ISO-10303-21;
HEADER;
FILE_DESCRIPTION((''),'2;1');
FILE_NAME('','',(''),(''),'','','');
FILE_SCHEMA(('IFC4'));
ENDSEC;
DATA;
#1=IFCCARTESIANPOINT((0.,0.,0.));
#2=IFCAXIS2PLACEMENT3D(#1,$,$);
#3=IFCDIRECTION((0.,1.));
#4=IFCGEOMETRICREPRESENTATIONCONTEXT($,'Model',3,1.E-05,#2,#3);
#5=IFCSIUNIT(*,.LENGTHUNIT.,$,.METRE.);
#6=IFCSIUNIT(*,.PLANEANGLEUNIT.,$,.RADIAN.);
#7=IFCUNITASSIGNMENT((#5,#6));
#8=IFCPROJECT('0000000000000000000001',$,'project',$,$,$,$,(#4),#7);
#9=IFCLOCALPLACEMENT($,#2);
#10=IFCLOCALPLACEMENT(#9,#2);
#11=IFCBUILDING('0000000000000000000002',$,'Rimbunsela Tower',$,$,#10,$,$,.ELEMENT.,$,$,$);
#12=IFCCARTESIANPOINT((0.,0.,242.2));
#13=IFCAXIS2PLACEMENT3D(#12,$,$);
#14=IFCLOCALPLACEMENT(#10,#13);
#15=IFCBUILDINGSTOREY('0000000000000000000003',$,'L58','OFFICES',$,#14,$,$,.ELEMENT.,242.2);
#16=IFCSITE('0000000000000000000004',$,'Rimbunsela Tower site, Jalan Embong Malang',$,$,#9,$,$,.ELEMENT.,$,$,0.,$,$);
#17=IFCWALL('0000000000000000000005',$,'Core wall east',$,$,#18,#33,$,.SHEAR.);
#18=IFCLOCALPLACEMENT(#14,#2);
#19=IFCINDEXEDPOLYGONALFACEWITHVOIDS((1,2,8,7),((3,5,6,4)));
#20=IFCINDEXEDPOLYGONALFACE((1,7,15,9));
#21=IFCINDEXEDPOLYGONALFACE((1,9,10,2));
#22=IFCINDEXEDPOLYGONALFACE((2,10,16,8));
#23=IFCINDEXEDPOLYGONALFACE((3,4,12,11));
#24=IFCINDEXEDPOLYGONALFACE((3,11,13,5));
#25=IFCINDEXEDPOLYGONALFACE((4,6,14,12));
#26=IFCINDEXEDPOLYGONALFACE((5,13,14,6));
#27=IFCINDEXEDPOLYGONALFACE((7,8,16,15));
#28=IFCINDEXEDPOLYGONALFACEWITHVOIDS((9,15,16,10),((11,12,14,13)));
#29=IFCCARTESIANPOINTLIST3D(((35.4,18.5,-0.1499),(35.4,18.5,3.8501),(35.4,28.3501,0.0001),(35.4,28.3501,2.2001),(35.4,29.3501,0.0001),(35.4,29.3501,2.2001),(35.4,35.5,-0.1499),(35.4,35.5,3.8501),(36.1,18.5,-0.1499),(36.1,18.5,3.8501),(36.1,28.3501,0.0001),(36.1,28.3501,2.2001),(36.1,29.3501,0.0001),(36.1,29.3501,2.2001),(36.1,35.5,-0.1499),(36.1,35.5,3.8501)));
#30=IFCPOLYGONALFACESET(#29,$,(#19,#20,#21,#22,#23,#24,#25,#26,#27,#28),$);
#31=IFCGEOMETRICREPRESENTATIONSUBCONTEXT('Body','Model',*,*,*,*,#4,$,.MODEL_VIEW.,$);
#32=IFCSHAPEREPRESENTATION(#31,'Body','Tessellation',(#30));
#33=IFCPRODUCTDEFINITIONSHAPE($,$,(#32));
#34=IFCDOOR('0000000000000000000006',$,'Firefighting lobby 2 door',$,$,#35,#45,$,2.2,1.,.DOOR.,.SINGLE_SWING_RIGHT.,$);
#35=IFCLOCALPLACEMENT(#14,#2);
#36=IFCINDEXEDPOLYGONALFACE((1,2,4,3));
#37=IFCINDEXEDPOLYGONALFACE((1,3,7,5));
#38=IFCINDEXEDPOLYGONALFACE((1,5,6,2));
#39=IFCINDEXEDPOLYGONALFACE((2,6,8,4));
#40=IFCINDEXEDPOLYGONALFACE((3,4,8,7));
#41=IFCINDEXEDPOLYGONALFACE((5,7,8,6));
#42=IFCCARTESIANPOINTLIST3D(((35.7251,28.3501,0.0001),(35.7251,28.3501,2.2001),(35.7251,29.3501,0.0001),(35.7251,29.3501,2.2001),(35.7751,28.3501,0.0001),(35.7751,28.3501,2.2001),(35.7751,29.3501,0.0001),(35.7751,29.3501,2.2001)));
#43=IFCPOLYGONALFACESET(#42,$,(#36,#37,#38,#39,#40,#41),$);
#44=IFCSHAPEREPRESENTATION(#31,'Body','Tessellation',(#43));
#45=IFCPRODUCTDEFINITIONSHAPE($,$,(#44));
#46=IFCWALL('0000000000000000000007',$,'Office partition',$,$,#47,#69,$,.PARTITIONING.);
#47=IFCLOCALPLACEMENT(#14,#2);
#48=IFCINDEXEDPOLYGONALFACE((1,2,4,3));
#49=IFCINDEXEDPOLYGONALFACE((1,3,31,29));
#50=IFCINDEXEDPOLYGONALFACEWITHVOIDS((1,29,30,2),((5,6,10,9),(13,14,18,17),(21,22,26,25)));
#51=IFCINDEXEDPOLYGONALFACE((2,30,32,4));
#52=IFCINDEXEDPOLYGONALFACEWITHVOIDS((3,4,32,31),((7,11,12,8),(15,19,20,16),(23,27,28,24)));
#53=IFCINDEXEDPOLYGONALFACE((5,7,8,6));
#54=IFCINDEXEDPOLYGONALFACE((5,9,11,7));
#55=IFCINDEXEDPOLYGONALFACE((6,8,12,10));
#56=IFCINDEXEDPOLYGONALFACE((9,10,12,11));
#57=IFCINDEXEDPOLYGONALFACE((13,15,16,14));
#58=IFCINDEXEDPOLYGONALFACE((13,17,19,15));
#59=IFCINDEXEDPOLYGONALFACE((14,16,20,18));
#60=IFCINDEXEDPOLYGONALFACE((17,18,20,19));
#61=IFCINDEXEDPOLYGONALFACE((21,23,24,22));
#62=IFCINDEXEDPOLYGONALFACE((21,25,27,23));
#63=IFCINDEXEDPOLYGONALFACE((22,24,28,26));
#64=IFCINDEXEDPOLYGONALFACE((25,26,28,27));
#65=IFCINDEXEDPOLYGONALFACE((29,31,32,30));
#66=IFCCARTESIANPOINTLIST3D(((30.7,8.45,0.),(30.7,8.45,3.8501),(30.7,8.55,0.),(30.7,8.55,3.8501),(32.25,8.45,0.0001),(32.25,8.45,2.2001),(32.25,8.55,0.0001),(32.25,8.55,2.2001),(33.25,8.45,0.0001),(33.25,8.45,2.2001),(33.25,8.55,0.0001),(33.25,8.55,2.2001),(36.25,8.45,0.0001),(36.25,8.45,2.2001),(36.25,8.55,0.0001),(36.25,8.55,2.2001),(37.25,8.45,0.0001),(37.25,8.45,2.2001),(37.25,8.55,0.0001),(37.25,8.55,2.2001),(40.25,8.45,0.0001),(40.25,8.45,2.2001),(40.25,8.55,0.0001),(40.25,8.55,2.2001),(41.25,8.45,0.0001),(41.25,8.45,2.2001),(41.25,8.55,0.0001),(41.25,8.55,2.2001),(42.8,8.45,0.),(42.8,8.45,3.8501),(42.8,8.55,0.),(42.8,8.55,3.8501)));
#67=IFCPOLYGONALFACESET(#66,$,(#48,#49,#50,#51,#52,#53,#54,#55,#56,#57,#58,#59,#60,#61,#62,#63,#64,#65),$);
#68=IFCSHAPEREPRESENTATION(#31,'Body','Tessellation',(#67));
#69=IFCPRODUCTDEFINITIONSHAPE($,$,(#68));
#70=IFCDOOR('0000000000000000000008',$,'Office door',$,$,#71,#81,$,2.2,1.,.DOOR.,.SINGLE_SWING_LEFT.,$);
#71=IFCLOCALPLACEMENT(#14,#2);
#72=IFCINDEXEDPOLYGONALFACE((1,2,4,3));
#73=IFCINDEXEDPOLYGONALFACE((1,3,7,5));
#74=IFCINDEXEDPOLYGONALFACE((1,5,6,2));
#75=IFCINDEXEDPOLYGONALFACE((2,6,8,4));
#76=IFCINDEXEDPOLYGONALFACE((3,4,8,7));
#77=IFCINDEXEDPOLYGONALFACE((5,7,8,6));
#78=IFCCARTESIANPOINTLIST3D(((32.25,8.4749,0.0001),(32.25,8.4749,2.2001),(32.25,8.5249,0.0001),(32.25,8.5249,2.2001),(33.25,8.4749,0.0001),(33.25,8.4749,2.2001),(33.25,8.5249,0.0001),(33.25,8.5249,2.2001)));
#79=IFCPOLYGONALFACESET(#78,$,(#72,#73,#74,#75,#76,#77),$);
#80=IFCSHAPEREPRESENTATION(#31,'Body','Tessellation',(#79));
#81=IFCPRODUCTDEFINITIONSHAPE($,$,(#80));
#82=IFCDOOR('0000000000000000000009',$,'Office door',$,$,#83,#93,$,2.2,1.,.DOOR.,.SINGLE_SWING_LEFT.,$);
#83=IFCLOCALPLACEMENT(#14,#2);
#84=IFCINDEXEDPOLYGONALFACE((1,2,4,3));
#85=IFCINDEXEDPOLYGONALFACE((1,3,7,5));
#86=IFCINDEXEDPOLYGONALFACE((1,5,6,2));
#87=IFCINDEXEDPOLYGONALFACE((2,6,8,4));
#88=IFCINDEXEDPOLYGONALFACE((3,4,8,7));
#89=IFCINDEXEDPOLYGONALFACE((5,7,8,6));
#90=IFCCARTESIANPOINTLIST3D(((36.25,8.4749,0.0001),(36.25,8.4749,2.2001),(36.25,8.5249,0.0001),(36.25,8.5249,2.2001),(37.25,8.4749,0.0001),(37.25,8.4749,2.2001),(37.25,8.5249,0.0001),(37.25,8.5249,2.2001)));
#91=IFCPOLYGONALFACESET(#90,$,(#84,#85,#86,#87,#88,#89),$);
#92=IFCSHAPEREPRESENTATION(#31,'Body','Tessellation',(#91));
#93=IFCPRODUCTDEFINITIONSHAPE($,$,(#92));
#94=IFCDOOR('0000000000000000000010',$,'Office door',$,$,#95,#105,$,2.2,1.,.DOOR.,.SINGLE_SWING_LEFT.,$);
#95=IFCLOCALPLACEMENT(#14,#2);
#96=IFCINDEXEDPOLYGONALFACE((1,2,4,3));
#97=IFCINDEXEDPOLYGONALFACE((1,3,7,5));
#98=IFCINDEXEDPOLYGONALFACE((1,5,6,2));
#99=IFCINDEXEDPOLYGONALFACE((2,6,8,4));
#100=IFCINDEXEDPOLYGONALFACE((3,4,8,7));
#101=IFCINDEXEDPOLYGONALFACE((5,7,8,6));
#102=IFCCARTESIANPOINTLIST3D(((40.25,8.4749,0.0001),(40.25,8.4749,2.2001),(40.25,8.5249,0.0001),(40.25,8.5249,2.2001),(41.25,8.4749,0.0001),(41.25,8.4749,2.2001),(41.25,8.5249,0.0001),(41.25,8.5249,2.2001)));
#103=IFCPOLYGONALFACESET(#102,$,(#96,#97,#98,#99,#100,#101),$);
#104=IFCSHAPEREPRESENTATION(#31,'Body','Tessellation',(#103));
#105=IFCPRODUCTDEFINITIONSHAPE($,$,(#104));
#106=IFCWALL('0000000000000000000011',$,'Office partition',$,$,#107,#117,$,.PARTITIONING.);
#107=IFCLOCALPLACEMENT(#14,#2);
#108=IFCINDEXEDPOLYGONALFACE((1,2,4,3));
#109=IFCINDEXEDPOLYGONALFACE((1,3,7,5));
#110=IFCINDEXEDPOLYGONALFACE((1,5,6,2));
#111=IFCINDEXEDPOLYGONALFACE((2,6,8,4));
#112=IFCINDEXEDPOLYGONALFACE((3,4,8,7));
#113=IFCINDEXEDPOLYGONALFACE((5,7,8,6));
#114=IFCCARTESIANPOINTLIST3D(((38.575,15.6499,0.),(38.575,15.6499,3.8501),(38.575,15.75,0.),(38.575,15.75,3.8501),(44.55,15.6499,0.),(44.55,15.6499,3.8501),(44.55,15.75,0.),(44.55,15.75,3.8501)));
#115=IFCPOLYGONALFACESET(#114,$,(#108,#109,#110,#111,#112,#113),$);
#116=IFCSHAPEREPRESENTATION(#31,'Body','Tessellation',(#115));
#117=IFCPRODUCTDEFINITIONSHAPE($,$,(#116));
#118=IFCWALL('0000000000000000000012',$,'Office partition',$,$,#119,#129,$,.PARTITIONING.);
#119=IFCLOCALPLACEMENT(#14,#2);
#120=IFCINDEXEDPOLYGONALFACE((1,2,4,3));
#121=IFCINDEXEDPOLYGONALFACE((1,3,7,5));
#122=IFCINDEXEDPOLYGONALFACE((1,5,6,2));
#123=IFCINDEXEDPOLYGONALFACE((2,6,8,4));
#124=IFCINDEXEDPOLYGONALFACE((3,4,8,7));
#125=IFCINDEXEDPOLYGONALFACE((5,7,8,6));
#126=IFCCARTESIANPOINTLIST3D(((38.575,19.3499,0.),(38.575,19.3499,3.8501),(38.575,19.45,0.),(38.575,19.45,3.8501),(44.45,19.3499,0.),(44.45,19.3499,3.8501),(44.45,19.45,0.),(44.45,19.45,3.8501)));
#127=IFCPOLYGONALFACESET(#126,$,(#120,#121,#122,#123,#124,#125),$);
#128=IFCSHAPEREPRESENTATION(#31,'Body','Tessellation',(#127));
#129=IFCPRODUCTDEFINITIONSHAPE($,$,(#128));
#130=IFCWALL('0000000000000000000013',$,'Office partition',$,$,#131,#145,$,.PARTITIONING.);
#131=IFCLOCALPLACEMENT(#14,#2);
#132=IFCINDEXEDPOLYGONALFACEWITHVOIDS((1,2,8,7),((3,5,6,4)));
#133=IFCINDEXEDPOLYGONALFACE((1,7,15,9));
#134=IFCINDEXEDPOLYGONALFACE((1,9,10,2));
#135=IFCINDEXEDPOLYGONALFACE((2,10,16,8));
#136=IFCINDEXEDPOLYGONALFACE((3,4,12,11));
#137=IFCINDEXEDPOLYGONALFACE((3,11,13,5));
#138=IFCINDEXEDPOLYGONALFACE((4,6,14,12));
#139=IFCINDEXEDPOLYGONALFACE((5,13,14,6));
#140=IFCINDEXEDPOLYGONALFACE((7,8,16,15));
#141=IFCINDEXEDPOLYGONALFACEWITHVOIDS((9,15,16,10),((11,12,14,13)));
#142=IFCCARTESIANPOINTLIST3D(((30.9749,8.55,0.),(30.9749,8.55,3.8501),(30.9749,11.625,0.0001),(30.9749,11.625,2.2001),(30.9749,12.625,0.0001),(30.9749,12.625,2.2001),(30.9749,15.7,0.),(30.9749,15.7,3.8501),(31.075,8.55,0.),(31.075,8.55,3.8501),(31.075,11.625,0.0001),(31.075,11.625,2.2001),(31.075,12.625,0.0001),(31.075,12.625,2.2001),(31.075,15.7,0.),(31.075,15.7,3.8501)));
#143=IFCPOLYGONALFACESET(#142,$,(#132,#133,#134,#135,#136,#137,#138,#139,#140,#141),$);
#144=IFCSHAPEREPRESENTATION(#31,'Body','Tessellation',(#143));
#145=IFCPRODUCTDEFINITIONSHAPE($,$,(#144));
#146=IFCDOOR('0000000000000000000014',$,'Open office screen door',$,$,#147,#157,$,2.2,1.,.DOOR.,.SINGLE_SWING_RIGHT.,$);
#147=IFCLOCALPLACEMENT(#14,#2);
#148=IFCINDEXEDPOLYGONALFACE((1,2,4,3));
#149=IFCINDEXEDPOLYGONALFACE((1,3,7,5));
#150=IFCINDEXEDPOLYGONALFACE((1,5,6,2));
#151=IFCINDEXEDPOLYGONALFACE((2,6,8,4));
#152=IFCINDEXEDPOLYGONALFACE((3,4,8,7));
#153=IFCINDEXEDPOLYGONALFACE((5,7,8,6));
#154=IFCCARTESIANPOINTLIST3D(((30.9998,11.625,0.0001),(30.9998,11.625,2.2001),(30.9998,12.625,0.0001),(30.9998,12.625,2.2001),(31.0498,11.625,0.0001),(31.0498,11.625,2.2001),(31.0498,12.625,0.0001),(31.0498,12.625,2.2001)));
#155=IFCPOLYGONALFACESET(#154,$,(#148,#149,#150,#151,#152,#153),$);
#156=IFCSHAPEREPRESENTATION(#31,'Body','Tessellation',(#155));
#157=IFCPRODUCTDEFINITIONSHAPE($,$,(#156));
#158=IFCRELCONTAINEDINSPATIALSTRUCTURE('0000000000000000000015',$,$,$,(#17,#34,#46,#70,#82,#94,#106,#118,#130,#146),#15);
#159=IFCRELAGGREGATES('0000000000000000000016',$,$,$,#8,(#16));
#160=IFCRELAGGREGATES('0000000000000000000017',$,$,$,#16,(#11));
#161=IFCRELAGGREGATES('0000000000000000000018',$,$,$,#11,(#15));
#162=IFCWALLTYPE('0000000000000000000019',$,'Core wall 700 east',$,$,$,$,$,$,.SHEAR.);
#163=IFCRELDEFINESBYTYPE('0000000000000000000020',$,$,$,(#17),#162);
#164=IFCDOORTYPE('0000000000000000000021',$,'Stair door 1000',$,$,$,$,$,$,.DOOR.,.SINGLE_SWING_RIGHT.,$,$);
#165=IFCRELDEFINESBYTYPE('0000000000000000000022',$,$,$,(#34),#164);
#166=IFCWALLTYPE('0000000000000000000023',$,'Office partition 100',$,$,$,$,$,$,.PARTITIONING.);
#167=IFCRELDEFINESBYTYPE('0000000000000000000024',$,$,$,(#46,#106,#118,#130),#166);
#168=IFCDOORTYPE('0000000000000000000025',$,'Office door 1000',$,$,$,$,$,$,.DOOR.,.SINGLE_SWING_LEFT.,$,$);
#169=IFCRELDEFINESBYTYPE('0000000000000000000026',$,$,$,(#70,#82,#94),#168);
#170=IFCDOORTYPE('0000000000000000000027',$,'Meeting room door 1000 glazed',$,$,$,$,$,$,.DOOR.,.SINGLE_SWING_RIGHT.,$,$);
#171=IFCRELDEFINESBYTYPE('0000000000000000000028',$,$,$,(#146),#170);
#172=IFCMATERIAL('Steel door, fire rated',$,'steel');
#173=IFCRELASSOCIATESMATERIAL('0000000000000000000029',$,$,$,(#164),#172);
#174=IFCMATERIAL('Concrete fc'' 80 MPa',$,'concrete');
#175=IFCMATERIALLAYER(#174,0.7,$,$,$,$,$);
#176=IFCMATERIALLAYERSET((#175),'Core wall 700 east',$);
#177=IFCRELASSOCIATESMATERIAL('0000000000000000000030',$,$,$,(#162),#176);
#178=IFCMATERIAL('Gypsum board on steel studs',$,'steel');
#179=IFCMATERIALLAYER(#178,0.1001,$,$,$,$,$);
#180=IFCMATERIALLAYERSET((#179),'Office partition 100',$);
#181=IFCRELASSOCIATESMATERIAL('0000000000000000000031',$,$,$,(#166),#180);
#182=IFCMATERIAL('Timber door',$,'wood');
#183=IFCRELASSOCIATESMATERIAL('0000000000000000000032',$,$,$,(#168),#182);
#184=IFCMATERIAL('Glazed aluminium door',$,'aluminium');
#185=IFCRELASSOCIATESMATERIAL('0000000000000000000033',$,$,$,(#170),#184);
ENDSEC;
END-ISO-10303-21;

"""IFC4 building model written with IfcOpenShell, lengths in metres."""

from ifc_helpers import new_model, si_unit, direction, frame, frame_2d, origin, place, context, subcontext, project, spatial, rectangle, extrude, material, layer, layer_set, type_object, element, fill, save


model = new_model("IFC4")

# Units and contexts
model_context = context("Model", 3, precision=1e-05, world=origin(), true_north=direction((0.0, 1.0)))
body_context = subcontext(model_context, "Body", "Model", "MODEL_VIEW")
ifc_project = project(units=[si_unit("LENGTHUNIT", "METRE"), si_unit("PLANEANGLEUNIT", "RADIAN")], contexts=[model_context])

# Site, building, storey
site_placement = place(None, origin())
site = spatial("IfcSite", under=ifc_project, at=site_placement, Name="Rimbunsela Tower site, Jalan Embong Malang", CompositionType="ELEMENT", RefElevation=0.0)
building_placement = place(site_placement, origin())
building = spatial("IfcBuilding", under=site, at=building_placement, Name="Rimbunsela Tower", CompositionType="ELEMENT")
storey_placement = place(building_placement, frame((0.0, 0.0, 242.2)))
storey = spatial("IfcBuildingStorey", under=building, at=storey_placement, Name="L58", Description="OFFICES", CompositionType="ELEMENT", Elevation=242.2)

# Shared definitions
ifc_material_1 = material(Name="Steel door, fire rated", Category="steel")
door_type_1 = type_object("IfcDoorType", Name="Stair door 1000", OperationType="SINGLE_SWING_RIGHT", PredefinedType="DOOR", material=ifc_material_1)

# Wall, opening, door
ifc_material_2 = material(Name="Concrete fc' 80 MPa", Category="concrete")
ifc_layer_1 = layer(ifc_material_2, 0.7)
ifc_layer_set_1 = layer_set([ifc_layer_1], Name="Core wall 700 east")
wall_type_1 = type_object("IfcWallType", Name="Core wall 700 east", PredefinedType="SHEAR", material=ifc_layer_set_1)
wall_1_placement = place(storey_placement, frame((35.75, 18.5, -0.1499), z_axis=(0.0, 0.0, 1.0), x_axis=(0.0, 1.0, 0.0)))
wall_1 = element("IfcWall", 1, at=wall_1_placement, inside=storey, type_object=wall_type_1, Name="Core wall east", PredefinedType="SHEAR", context=body_context, shape_type="SweptSolid", body=[
    extrude(rectangle(XDim=17.0, YDim=0.7, at=frame_2d((8.5, 0.0))), origin(), (0.0, 0.0, 1.0), 4.0),
])
opening_1_placement = place(wall_1_placement, frame((9.8501, 0.0, 0.1499)))
opening_1 = element("IfcOpeningElement", 2, at=opening_1_placement, cuts=wall_1, PredefinedType="OPENING", context=body_context, shape_type="SweptSolid", body=[
    extrude(rectangle(XDim=1.0, YDim=2.2, at=frame_2d((0.5, 1.1001))), frame((0.0, 0.3599, 0.0), z_axis=(0.0, -1.0, 0.0), x_axis=(1.0, 0.0, 0.0)), (0.0, 0.0, 1.0), 0.72),
])
door_1_placement = place(opening_1_placement, origin())
door_1 = element("IfcDoor", 3, at=door_1_placement, inside=storey, type_object=door_type_1, Name="Firefighting lobby 2 door", OperationType="SINGLE_SWING_RIGHT", OverallHeight=2.2, OverallWidth=1.0, PredefinedType="DOOR", context=body_context, shape_type="SweptSolid", body=[
    extrude(rectangle(XDim=1.0, YDim=2.2, at=frame_2d((0.5, 1.1001))), frame((0.0, 0.0249, 0.0), z_axis=(0.0, -1.0, 0.0), x_axis=(1.0, 0.0, 0.0)), (0.0, 0.0, 1.0), 0.05),
])
fill(opening_1, door_1)

# Wall, openings, doors
ifc_material_3 = material(Name="Gypsum board on steel studs", Category="steel")
ifc_layer_2 = layer(ifc_material_3, 0.1001)
ifc_layer_set_2 = layer_set([ifc_layer_2], Name="Office partition 100")
wall_type_2 = type_object("IfcWallType", Name="Office partition 100", PredefinedType="PARTITIONING", material=ifc_layer_set_2)
wall_2_placement = place(storey_placement, frame((30.7, 8.5, 0.0), z_axis=(0.0, 0.0, 1.0), x_axis=(1.0, 0.0, 0.0)))
wall_2 = element("IfcWall", 4, at=wall_2_placement, inside=storey, type_object=wall_type_2, Name="Office partition", PredefinedType="PARTITIONING", context=body_context, shape_type="SweptSolid", body=[
    extrude(rectangle(XDim=12.1001, YDim=0.1001, at=frame_2d((6.05, 0.0))), origin(), (0.0, 0.0, 1.0), 3.8501),
])
opening_2_placement = place(wall_2_placement, frame((1.55, 0.0, 0.0)))
opening_2 = element("IfcOpeningElement", 5, at=opening_2_placement, cuts=wall_2, PredefinedType="OPENING", context=body_context, shape_type="SweptSolid", body=[
    extrude(rectangle(XDim=1.0, YDim=2.2, at=frame_2d((0.5, 1.1001))), frame((0.0, 0.0601, 0.0), z_axis=(0.0, -1.0, 0.0), x_axis=(1.0, 0.0, 0.0)), (0.0, 0.0, 1.0), 0.1201),
])
opening_3_placement = place(wall_2_placement, frame((5.55, 0.0, 0.0)))
opening_3 = element("IfcOpeningElement", 6, at=opening_3_placement, cuts=wall_2, PredefinedType="OPENING", context=body_context, shape_type="SweptSolid", body=[
    extrude(rectangle(XDim=1.0, YDim=2.2, at=frame_2d((0.5, 1.1001))), frame((0.0, 0.0601, 0.0), z_axis=(0.0, -1.0, 0.0), x_axis=(1.0, 0.0, 0.0)), (0.0, 0.0, 1.0), 0.1201),
])
opening_4_placement = place(wall_2_placement, frame((9.55, 0.0, 0.0)))
opening_4 = element("IfcOpeningElement", 7, at=opening_4_placement, cuts=wall_2, PredefinedType="OPENING", context=body_context, shape_type="SweptSolid", body=[
    extrude(rectangle(XDim=1.0, YDim=2.2, at=frame_2d((0.5, 1.1001))), frame((0.0, 0.0601, 0.0), z_axis=(0.0, -1.0, 0.0), x_axis=(1.0, 0.0, 0.0)), (0.0, 0.0, 1.0), 0.1201),
])
ifc_material_4 = material(Name="Timber door", Category="wood")
door_type_2 = type_object("IfcDoorType", Name="Office door 1000", OperationType="SINGLE_SWING_LEFT", PredefinedType="DOOR", material=ifc_material_4)
door_2_placement = place(opening_2_placement, origin())
door_2 = element("IfcDoor", 8, at=door_2_placement, inside=storey, type_object=door_type_2, Name="Office door", OperationType="SINGLE_SWING_LEFT", OverallHeight=2.2, OverallWidth=1.0, PredefinedType="DOOR", context=body_context, shape_type="SweptSolid", body=[
    extrude(rectangle(XDim=1.0, YDim=2.2, at=frame_2d((0.5, 1.1001))), frame((0.0, 0.0249, 0.0), z_axis=(0.0, -1.0, 0.0), x_axis=(1.0, 0.0, 0.0)), (0.0, 0.0, 1.0), 0.05),
])
fill(opening_2, door_2)
door_3_placement = place(opening_3_placement, origin())
door_3 = element("IfcDoor", 9, at=door_3_placement, inside=storey, type_object=door_type_2, Name="Office door", OperationType="SINGLE_SWING_LEFT", OverallHeight=2.2, OverallWidth=1.0, PredefinedType="DOOR", context=body_context, shape_type="SweptSolid", body=[
    extrude(rectangle(XDim=1.0, YDim=2.2, at=frame_2d((0.5, 1.1001))), frame((0.0, 0.0249, 0.0), z_axis=(0.0, -1.0, 0.0), x_axis=(1.0, 0.0, 0.0)), (0.0, 0.0, 1.0), 0.05),
])
fill(opening_3, door_3)
door_4_placement = place(opening_4_placement, origin())
door_4 = element("IfcDoor", 10, at=door_4_placement, inside=storey, type_object=door_type_2, Name="Office door", OperationType="SINGLE_SWING_LEFT", OverallHeight=2.2, OverallWidth=1.0, PredefinedType="DOOR", context=body_context, shape_type="SweptSolid", body=[
    extrude(rectangle(XDim=1.0, YDim=2.2, at=frame_2d((0.5, 1.1001))), frame((0.0, 0.0249, 0.0), z_axis=(0.0, -1.0, 0.0), x_axis=(1.0, 0.0, 0.0)), (0.0, 0.0, 1.0), 0.05),
])
fill(opening_4, door_4)

# Walls
wall_3_placement = place(storey_placement, frame((38.575, 15.7, 0.0), z_axis=(0.0, 0.0, 1.0), x_axis=(1.0, 0.0, 0.0)))
element("IfcWall", 11, at=wall_3_placement, inside=storey, type_object=wall_type_2, Name="Office partition", PredefinedType="PARTITIONING", context=body_context, shape_type="SweptSolid", body=[
    extrude(rectangle(XDim=5.9751, YDim=0.1001, at=frame_2d((2.9875, 0.0))), origin(), (0.0, 0.0, 1.0), 3.8501),
])
wall_4_placement = place(storey_placement, frame((38.575, 19.3999, 0.0), z_axis=(0.0, 0.0, 1.0), x_axis=(1.0, 0.0, 0.0)))
element("IfcWall", 12, at=wall_4_placement, inside=storey, type_object=wall_type_2, Name="Office partition", PredefinedType="PARTITIONING", context=body_context, shape_type="SweptSolid", body=[
    extrude(rectangle(XDim=5.875, YDim=0.1001, at=frame_2d((2.9375, 0.0))), origin(), (0.0, 0.0, 1.0), 3.8501),
])

# Wall, opening, door
wall_5_placement = place(storey_placement, frame((31.0249, 15.7, 0.0), z_axis=(0.0, 0.0, 1.0), x_axis=(0.0, -1.0, 0.0)))
wall_5 = element("IfcWall", 13, at=wall_5_placement, inside=storey, type_object=wall_type_2, Name="Office partition", PredefinedType="PARTITIONING", context=body_context, shape_type="SweptSolid", body=[
    extrude(rectangle(XDim=7.1499, YDim=0.1001, at=frame_2d((3.575, 0.0))), origin(), (0.0, 0.0, 1.0), 3.8501),
])
opening_5_placement = place(wall_5_placement, frame((3.075, 0.0, 0.0)))
opening_5 = element("IfcOpeningElement", 14, at=opening_5_placement, cuts=wall_5, PredefinedType="OPENING", context=body_context, shape_type="SweptSolid", body=[
    extrude(rectangle(XDim=1.0, YDim=2.2, at=frame_2d((0.5, 1.1001))), frame((0.0, 0.0601, 0.0), z_axis=(0.0, -1.0, 0.0), x_axis=(1.0, 0.0, 0.0)), (0.0, 0.0, 1.0), 0.1201),
])
ifc_material_5 = material(Name="Glazed aluminium door", Category="aluminium")
door_type_3 = type_object("IfcDoorType", Name="Meeting room door 1000 glazed", OperationType="SINGLE_SWING_RIGHT", PredefinedType="DOOR", material=ifc_material_5)
door_5_placement = place(opening_5_placement, origin())
door_5 = element("IfcDoor", 15, at=door_5_placement, inside=storey, type_object=door_type_3, Name="Open office screen door", OperationType="SINGLE_SWING_RIGHT", OverallHeight=2.2, OverallWidth=1.0, PredefinedType="DOOR", context=body_context, shape_type="SweptSolid", body=[
    extrude(rectangle(XDim=1.0, YDim=2.2, at=frame_2d((0.5, 1.1001))), frame((0.0, 0.0249, 0.0), z_axis=(0.0, -1.0, 0.0), x_axis=(1.0, 0.0, 0.0)), (0.0, 0.0, 1.0), 0.05),
])
fill(opening_5, door_5)

save(model, "model.ifc")
